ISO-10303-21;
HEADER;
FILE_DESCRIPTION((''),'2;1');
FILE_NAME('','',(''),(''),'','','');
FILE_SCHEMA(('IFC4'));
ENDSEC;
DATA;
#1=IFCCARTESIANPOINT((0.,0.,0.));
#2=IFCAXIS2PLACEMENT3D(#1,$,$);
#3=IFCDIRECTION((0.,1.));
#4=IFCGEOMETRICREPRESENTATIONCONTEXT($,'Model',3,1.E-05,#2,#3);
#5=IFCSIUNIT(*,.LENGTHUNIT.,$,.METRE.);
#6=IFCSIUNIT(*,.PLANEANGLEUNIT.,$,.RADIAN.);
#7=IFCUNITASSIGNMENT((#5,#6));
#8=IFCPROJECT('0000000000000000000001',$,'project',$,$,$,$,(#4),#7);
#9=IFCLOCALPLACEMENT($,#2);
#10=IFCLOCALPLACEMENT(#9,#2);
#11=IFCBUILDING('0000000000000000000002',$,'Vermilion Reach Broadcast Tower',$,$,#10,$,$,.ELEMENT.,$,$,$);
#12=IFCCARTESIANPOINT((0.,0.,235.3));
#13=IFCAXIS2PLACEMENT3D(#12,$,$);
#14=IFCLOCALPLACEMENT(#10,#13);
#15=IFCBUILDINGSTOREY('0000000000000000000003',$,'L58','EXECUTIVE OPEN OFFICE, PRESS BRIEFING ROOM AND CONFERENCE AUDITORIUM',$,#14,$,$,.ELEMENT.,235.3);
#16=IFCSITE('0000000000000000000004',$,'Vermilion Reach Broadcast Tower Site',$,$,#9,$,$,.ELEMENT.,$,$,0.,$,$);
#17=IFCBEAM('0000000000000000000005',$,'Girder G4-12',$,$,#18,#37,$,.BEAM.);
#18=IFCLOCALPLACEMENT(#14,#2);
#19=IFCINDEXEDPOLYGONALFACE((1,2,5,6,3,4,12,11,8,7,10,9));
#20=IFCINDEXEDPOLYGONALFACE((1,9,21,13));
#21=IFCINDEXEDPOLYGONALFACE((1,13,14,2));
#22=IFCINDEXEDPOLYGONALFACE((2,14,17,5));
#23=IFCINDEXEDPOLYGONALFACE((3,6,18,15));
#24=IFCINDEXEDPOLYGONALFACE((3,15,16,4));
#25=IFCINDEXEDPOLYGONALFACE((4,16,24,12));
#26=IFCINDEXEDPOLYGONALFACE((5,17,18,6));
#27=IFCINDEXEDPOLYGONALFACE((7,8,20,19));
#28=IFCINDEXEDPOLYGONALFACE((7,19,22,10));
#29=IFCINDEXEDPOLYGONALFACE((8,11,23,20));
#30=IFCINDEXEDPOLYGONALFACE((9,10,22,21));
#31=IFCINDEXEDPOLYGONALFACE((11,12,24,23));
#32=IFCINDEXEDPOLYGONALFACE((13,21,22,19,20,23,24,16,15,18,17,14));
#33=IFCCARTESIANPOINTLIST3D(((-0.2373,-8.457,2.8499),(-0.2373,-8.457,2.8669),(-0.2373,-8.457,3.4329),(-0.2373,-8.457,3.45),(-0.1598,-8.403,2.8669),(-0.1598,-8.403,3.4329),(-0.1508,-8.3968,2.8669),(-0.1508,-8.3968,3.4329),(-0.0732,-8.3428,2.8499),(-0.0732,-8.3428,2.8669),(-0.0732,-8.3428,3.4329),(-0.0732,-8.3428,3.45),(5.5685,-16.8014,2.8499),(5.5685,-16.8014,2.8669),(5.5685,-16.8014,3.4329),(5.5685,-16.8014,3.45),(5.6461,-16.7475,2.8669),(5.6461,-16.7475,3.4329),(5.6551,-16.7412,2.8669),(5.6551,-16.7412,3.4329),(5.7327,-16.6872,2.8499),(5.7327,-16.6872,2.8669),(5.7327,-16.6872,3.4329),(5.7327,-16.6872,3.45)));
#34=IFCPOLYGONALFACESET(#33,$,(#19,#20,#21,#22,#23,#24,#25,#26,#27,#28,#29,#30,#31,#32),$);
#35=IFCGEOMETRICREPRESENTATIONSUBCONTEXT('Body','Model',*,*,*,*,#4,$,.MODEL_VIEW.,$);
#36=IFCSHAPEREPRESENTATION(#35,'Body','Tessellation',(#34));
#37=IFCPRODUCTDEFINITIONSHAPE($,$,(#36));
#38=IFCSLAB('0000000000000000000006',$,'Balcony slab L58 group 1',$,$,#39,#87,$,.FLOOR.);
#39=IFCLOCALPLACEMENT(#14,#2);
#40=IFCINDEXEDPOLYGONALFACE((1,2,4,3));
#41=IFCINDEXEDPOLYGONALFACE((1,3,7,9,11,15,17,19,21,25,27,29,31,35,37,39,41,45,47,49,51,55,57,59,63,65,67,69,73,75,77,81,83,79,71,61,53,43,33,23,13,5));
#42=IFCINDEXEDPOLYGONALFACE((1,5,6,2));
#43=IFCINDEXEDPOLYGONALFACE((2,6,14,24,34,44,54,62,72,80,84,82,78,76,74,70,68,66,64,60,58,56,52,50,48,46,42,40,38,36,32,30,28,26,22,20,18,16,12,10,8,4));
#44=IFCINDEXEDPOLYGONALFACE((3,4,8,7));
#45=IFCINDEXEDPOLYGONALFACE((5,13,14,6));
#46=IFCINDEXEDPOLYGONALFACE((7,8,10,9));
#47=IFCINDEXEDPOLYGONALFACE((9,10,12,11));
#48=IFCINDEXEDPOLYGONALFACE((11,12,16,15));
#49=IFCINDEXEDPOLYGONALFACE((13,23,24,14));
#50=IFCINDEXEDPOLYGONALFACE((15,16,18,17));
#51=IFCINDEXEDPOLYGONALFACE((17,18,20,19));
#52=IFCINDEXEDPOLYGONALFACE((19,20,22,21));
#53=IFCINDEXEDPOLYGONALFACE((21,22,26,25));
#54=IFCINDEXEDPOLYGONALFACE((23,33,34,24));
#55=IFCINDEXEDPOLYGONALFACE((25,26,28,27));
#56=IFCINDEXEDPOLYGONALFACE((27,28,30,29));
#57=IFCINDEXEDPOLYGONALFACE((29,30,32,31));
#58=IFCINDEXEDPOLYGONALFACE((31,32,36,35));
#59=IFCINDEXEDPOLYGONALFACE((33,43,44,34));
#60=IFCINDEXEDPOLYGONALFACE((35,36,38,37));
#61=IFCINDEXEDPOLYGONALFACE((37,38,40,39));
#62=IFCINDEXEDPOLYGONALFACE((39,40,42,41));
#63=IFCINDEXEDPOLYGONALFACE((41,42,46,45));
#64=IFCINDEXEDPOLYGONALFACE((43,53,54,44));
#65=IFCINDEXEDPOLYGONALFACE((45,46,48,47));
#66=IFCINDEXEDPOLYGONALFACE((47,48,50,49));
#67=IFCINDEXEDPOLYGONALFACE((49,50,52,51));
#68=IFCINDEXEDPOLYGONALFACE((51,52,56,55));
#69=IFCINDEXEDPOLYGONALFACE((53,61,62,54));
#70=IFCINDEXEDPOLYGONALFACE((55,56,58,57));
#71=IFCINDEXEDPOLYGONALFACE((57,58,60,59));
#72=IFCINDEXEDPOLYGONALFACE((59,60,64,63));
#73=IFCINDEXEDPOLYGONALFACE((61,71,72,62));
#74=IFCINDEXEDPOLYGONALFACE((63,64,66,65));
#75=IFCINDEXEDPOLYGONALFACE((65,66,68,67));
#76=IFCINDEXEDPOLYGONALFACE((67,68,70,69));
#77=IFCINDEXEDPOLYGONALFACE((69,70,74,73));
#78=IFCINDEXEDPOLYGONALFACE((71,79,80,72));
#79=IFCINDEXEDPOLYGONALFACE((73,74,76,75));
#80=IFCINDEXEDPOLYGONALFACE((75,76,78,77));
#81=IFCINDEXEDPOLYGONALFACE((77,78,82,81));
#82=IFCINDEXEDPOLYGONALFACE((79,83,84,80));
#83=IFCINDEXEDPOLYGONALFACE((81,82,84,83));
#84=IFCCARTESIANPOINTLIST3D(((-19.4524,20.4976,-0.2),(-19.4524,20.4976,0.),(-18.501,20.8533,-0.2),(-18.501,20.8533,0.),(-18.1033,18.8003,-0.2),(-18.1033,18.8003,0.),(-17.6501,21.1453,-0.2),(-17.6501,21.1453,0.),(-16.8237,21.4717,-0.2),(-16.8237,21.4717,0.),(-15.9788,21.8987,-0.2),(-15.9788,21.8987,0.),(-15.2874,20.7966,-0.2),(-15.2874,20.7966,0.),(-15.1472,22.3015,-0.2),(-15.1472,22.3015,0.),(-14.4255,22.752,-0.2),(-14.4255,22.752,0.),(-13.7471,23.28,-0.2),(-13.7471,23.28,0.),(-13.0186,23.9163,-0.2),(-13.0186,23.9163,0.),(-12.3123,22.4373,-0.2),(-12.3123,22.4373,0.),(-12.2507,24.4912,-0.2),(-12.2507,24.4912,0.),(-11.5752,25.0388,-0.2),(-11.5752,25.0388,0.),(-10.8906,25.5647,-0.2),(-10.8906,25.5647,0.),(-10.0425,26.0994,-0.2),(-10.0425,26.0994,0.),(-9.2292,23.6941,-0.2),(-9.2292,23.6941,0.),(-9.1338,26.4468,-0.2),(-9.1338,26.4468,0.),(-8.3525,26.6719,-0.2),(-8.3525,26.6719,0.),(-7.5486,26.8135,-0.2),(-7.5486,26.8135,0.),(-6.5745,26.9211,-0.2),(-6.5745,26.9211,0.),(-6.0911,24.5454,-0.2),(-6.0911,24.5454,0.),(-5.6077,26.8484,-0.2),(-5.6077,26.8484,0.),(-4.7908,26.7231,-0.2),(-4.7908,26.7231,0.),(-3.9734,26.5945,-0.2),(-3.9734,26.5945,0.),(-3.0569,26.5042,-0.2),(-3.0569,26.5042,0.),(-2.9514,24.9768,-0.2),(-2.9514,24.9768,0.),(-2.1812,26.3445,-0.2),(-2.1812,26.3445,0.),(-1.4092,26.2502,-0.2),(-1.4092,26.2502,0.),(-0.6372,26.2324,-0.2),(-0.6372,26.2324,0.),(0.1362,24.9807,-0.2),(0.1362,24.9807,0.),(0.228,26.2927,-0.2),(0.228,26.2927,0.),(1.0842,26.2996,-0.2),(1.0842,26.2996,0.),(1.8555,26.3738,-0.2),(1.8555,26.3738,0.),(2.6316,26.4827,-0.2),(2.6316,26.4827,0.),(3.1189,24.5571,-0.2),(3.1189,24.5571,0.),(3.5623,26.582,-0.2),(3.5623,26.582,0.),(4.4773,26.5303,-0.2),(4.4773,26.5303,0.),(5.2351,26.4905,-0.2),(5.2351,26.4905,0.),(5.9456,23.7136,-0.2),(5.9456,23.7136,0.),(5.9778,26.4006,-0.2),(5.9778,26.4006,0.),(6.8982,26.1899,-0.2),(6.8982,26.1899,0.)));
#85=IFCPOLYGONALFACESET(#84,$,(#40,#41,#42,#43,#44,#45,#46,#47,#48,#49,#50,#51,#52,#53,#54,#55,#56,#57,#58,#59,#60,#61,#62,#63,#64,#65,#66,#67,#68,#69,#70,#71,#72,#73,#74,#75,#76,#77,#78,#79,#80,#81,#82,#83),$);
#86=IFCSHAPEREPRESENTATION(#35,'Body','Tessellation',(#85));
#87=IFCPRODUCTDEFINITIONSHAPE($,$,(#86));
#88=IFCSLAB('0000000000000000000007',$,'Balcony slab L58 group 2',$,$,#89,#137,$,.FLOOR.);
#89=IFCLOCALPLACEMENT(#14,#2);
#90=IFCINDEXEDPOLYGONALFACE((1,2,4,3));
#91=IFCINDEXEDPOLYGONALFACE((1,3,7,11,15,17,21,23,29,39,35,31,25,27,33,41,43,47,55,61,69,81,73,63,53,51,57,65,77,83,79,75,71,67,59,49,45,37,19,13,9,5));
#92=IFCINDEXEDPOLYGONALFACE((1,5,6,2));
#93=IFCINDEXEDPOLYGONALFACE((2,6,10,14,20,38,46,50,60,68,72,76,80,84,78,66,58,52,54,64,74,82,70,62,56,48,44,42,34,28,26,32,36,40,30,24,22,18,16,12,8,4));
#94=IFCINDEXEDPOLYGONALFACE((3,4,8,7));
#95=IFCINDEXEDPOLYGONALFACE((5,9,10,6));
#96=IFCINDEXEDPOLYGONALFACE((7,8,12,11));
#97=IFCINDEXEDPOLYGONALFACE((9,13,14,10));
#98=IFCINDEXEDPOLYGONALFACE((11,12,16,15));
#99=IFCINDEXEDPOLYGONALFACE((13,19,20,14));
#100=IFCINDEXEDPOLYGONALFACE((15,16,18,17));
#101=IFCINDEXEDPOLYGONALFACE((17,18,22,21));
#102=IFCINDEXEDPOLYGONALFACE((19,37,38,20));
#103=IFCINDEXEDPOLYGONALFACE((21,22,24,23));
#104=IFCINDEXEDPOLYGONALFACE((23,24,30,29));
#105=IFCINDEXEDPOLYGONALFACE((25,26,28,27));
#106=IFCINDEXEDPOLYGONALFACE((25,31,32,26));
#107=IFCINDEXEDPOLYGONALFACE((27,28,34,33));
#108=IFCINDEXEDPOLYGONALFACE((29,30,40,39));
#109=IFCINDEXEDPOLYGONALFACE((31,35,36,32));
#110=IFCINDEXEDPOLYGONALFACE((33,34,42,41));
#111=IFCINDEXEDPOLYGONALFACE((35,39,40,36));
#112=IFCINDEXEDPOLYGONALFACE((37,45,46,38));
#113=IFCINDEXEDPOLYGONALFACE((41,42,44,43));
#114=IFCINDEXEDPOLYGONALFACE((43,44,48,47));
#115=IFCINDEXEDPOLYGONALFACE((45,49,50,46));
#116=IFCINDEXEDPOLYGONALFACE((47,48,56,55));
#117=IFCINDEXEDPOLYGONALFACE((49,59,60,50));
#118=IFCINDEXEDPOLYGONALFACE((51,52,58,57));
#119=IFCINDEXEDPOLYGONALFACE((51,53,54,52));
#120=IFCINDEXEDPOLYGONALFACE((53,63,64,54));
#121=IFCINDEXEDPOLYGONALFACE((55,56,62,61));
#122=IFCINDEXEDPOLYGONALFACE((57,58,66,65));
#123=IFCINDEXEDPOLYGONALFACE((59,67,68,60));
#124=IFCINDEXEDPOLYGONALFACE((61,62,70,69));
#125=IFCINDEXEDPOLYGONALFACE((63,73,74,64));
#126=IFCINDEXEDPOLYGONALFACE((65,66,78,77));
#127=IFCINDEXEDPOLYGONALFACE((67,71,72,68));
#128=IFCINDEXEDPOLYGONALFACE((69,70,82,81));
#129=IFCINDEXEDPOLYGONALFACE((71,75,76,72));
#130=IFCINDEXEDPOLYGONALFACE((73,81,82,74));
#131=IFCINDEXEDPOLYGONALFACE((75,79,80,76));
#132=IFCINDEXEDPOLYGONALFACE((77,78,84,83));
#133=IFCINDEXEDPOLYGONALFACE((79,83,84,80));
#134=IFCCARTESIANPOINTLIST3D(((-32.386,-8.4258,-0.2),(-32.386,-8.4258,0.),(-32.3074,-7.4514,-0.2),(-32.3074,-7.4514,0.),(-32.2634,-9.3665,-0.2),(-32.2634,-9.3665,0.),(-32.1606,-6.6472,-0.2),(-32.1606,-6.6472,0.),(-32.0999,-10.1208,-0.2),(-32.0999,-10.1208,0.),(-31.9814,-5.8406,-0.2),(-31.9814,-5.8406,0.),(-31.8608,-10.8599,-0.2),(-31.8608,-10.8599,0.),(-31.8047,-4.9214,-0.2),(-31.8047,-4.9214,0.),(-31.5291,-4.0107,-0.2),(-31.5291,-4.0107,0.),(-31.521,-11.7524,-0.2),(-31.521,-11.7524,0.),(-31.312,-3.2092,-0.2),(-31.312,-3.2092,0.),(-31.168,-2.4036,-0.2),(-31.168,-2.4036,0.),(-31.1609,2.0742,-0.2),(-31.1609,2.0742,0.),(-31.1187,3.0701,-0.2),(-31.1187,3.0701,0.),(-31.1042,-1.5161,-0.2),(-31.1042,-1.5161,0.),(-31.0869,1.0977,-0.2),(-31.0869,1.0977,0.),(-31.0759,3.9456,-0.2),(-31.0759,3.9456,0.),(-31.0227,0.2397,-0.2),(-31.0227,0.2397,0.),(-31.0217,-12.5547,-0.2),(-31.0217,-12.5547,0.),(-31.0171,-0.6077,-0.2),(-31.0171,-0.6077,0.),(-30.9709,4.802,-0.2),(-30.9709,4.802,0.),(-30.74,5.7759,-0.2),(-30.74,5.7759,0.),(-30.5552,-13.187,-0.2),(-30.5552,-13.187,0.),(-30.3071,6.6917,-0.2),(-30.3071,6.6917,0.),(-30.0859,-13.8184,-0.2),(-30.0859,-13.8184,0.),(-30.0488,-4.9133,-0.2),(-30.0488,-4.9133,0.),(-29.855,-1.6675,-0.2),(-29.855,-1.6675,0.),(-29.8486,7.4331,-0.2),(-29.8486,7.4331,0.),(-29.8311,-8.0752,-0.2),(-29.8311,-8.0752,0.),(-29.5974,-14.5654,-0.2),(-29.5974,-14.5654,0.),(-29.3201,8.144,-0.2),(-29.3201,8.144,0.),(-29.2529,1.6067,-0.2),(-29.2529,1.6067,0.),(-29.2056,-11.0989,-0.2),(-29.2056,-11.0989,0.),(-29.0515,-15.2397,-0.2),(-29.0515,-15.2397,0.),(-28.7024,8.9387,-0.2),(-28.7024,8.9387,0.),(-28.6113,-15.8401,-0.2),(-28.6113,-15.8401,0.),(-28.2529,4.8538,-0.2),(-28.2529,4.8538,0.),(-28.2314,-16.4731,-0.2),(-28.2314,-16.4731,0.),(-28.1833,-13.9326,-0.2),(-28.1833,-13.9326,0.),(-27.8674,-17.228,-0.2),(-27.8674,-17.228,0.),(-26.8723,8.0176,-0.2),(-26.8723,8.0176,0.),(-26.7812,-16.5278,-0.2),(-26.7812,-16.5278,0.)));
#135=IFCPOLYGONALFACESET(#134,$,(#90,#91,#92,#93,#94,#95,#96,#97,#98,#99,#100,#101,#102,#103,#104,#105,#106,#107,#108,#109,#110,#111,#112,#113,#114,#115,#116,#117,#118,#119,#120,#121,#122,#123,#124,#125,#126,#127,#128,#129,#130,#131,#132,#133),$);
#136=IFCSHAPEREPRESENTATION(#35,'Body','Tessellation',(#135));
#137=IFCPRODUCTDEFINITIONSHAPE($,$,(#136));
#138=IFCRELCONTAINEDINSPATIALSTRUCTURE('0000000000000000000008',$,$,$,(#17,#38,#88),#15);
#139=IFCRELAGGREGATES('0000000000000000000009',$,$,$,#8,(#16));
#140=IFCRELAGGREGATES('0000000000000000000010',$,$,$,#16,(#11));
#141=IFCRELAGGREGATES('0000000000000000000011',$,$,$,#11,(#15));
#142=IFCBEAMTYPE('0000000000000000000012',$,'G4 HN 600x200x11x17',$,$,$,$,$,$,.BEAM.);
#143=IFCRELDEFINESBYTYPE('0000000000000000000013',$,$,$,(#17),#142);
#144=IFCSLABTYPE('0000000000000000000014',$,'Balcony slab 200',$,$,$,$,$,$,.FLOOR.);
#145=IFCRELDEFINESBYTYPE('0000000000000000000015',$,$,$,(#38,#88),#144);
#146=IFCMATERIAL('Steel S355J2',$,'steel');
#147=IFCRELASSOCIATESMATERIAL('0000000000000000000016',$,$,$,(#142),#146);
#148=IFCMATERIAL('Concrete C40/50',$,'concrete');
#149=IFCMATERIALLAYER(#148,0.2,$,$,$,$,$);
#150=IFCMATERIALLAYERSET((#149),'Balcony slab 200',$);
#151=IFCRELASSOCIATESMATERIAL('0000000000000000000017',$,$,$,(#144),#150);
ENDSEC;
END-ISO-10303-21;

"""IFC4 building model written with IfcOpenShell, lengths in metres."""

from ifc_helpers import new_model, si_unit, direction, frame, origin, origin_2d, place, context, subcontext, project, spatial, polyline, i_section, outline, extrude, material, layer, layer_set, material_profile, profile_set, type_object, element, save


model = new_model("IFC4")

# Units and contexts
model_context = context("Model", 3, precision=1e-05, world=origin(), true_north=direction((0.0, 1.0)))
body_context = subcontext(model_context, "Body", "Model", "MODEL_VIEW")
ifc_project = project(units=[si_unit("LENGTHUNIT", "METRE"), si_unit("PLANEANGLEUNIT", "RADIAN")], contexts=[model_context])

# Site, building, storey
site_placement = place(None, origin())
site = spatial("IfcSite", under=ifc_project, at=site_placement, Name="Vermilion Reach Broadcast Tower Site", CompositionType="ELEMENT", RefElevation=0.0)
building_placement = place(site_placement, origin())
building = spatial("IfcBuilding", under=site, at=building_placement, Name="Vermilion Reach Broadcast Tower", CompositionType="ELEMENT")
storey_placement = place(building_placement, frame((0.0, 0.0, 235.3)))
storey = spatial("IfcBuildingStorey", under=building, at=storey_placement, Name="L58", Description="EXECUTIVE OPEN OFFICE, PRESS BRIEFING ROOM AND CONFERENCE AUDITORIUM", CompositionType="ELEMENT", Elevation=235.3)

# Beam
ifc_material_1 = material(Name="Steel S355J2", Category="steel")
ifc_material_profile = material_profile(ifc_material_1, i_section(OverallWidth=0.2, OverallDepth=0.6001, WebThickness=0.011, FlangeThickness=0.0171, at=origin_2d()), Name="S355J2 HN 600x200x11x17")
ifc_profile_set = profile_set([ifc_material_profile], Name="Steel S355J2")
beam_type = type_object("IfcBeamType", Name="G4 HN 600x200x11x17", PredefinedType="BEAM", material=ifc_profile_set)
beam_placement = place(storey_placement, frame((-0.1553, -8.3999, 3.1499), z_axis=(0.571134, -0.820857, 0.0), x_axis=(0.820857, 0.571134, 0.0)))
element("IfcBeam", 1, at=beam_placement, inside=storey, type_object=beam_type, Name="Girder G4-12", PredefinedType="BEAM", context=body_context, shape_type="SweptSolid", body=[
    extrude(i_section(OverallWidth=0.2, OverallDepth=0.6001, WebThickness=0.011, FlangeThickness=0.0171, at=origin_2d()), origin(), (0.0, 0.0, 1.0), 10.1655),
])

# Slabs
ifc_material_2 = material(Name="Concrete C40/50", Category="concrete")
ifc_layer_1 = layer(ifc_material_2, 0.2)
ifc_layer_set_1 = layer_set([ifc_layer_1], Name="Balcony slab 200")
slab_type_1 = type_object("IfcSlabType", Name="Balcony slab 200", PredefinedType="FLOOR", material=ifc_layer_set_1)
placement_1 = place(storey_placement, frame((0.0, 0.0, -0.2)))
element("IfcSlab", 2, at=placement_1, inside=storey, type_object=slab_type_1, Name="Balcony slab L58 group 1", PredefinedType="FLOOR", context=body_context, shape_type="SweptSolid", body=[
    extrude(outline(polyline([(5.9456, 23.7136), (3.1189, 24.5571), (0.1362, 24.9807), (-2.9514, 24.9768), (-6.0911, 24.5454), (-9.2292, 23.6941), (-12.3123, 22.4373), (-15.2874, 20.7966), (-18.1033, 18.8003), (-19.4524, 20.4976), (-18.501, 20.8533), (-17.6501, 21.1453), (-16.8237, 21.4717), (-15.9788, 21.8987), (-15.1472, 22.3015), (-14.4255, 22.752), (-13.7471, 23.28), (-13.0186, 23.9163), (-12.2507, 24.4912), (-11.5752, 25.0388), (-10.8906, 25.5647), (-10.0425, 26.0994), (-9.1338, 26.4468), (-8.3525, 26.6719), (-7.5486, 26.8135), (-6.5745, 26.9211), (-5.6077, 26.8484), (-4.7908, 26.7231), (-3.9734, 26.5945), (-3.0569, 26.5042), (-2.1812, 26.3445), (-1.4092, 26.2502), (-0.6372, 26.2324), (0.228, 26.2927), (1.0842, 26.2996), (1.8555, 26.3738), (2.6316, 26.4827), (3.5623, 26.582), (4.4773, 26.5303), (5.2351, 26.4905), (5.9778, 26.4006), (6.8982, 26.1899), (5.9456, 23.7136)])), origin(), (0.0, 0.0, 1.0), 0.2),
])
element("IfcSlab", 3, at=placement_1, inside=storey, type_object=slab_type_1, Name="Balcony slab L58 group 2", PredefinedType="FLOOR", context=body_context, shape_type="SweptSolid", body=[
    extrude(outline(polyline([(-26.8723, 8.0176), (-28.2529, 4.8538), (-29.2529, 1.6067), (-29.855, -1.6675), (-30.0488, -4.9133), (-29.8311, -8.0752), (-29.2056, -11.0989), (-28.1833, -13.9326), (-26.7812, -16.5278), (-27.8674, -17.228), (-28.2314, -16.4731), (-28.6113, -15.8401), (-29.0515, -15.2397), (-29.5974, -14.5654), (-30.0859, -13.8184), (-30.5552, -13.187), (-31.0217, -12.5547), (-31.521, -11.7524), (-31.8608, -10.8599), (-32.0999, -10.1208), (-32.2634, -9.3665), (-32.386, -8.4258), (-32.3074, -7.4514), (-32.1606, -6.6472), (-31.9814, -5.8406), (-31.8047, -4.9214), (-31.5291, -4.0107), (-31.312, -3.2092), (-31.168, -2.4036), (-31.1042, -1.5161), (-31.0171, -0.6077), (-31.0227, 0.2397), (-31.0869, 1.0977), (-31.1609, 2.0742), (-31.1187, 3.0701), (-31.0759, 3.9456), (-30.9709, 4.802), (-30.74, 5.7759), (-30.3071, 6.6917), (-29.8486, 7.4331), (-29.3201, 8.144), (-28.7024, 8.9387), (-26.8723, 8.0176)])), origin(), (0.0, 0.0, 1.0), 0.2),
])

save(model, "model.ifc")
